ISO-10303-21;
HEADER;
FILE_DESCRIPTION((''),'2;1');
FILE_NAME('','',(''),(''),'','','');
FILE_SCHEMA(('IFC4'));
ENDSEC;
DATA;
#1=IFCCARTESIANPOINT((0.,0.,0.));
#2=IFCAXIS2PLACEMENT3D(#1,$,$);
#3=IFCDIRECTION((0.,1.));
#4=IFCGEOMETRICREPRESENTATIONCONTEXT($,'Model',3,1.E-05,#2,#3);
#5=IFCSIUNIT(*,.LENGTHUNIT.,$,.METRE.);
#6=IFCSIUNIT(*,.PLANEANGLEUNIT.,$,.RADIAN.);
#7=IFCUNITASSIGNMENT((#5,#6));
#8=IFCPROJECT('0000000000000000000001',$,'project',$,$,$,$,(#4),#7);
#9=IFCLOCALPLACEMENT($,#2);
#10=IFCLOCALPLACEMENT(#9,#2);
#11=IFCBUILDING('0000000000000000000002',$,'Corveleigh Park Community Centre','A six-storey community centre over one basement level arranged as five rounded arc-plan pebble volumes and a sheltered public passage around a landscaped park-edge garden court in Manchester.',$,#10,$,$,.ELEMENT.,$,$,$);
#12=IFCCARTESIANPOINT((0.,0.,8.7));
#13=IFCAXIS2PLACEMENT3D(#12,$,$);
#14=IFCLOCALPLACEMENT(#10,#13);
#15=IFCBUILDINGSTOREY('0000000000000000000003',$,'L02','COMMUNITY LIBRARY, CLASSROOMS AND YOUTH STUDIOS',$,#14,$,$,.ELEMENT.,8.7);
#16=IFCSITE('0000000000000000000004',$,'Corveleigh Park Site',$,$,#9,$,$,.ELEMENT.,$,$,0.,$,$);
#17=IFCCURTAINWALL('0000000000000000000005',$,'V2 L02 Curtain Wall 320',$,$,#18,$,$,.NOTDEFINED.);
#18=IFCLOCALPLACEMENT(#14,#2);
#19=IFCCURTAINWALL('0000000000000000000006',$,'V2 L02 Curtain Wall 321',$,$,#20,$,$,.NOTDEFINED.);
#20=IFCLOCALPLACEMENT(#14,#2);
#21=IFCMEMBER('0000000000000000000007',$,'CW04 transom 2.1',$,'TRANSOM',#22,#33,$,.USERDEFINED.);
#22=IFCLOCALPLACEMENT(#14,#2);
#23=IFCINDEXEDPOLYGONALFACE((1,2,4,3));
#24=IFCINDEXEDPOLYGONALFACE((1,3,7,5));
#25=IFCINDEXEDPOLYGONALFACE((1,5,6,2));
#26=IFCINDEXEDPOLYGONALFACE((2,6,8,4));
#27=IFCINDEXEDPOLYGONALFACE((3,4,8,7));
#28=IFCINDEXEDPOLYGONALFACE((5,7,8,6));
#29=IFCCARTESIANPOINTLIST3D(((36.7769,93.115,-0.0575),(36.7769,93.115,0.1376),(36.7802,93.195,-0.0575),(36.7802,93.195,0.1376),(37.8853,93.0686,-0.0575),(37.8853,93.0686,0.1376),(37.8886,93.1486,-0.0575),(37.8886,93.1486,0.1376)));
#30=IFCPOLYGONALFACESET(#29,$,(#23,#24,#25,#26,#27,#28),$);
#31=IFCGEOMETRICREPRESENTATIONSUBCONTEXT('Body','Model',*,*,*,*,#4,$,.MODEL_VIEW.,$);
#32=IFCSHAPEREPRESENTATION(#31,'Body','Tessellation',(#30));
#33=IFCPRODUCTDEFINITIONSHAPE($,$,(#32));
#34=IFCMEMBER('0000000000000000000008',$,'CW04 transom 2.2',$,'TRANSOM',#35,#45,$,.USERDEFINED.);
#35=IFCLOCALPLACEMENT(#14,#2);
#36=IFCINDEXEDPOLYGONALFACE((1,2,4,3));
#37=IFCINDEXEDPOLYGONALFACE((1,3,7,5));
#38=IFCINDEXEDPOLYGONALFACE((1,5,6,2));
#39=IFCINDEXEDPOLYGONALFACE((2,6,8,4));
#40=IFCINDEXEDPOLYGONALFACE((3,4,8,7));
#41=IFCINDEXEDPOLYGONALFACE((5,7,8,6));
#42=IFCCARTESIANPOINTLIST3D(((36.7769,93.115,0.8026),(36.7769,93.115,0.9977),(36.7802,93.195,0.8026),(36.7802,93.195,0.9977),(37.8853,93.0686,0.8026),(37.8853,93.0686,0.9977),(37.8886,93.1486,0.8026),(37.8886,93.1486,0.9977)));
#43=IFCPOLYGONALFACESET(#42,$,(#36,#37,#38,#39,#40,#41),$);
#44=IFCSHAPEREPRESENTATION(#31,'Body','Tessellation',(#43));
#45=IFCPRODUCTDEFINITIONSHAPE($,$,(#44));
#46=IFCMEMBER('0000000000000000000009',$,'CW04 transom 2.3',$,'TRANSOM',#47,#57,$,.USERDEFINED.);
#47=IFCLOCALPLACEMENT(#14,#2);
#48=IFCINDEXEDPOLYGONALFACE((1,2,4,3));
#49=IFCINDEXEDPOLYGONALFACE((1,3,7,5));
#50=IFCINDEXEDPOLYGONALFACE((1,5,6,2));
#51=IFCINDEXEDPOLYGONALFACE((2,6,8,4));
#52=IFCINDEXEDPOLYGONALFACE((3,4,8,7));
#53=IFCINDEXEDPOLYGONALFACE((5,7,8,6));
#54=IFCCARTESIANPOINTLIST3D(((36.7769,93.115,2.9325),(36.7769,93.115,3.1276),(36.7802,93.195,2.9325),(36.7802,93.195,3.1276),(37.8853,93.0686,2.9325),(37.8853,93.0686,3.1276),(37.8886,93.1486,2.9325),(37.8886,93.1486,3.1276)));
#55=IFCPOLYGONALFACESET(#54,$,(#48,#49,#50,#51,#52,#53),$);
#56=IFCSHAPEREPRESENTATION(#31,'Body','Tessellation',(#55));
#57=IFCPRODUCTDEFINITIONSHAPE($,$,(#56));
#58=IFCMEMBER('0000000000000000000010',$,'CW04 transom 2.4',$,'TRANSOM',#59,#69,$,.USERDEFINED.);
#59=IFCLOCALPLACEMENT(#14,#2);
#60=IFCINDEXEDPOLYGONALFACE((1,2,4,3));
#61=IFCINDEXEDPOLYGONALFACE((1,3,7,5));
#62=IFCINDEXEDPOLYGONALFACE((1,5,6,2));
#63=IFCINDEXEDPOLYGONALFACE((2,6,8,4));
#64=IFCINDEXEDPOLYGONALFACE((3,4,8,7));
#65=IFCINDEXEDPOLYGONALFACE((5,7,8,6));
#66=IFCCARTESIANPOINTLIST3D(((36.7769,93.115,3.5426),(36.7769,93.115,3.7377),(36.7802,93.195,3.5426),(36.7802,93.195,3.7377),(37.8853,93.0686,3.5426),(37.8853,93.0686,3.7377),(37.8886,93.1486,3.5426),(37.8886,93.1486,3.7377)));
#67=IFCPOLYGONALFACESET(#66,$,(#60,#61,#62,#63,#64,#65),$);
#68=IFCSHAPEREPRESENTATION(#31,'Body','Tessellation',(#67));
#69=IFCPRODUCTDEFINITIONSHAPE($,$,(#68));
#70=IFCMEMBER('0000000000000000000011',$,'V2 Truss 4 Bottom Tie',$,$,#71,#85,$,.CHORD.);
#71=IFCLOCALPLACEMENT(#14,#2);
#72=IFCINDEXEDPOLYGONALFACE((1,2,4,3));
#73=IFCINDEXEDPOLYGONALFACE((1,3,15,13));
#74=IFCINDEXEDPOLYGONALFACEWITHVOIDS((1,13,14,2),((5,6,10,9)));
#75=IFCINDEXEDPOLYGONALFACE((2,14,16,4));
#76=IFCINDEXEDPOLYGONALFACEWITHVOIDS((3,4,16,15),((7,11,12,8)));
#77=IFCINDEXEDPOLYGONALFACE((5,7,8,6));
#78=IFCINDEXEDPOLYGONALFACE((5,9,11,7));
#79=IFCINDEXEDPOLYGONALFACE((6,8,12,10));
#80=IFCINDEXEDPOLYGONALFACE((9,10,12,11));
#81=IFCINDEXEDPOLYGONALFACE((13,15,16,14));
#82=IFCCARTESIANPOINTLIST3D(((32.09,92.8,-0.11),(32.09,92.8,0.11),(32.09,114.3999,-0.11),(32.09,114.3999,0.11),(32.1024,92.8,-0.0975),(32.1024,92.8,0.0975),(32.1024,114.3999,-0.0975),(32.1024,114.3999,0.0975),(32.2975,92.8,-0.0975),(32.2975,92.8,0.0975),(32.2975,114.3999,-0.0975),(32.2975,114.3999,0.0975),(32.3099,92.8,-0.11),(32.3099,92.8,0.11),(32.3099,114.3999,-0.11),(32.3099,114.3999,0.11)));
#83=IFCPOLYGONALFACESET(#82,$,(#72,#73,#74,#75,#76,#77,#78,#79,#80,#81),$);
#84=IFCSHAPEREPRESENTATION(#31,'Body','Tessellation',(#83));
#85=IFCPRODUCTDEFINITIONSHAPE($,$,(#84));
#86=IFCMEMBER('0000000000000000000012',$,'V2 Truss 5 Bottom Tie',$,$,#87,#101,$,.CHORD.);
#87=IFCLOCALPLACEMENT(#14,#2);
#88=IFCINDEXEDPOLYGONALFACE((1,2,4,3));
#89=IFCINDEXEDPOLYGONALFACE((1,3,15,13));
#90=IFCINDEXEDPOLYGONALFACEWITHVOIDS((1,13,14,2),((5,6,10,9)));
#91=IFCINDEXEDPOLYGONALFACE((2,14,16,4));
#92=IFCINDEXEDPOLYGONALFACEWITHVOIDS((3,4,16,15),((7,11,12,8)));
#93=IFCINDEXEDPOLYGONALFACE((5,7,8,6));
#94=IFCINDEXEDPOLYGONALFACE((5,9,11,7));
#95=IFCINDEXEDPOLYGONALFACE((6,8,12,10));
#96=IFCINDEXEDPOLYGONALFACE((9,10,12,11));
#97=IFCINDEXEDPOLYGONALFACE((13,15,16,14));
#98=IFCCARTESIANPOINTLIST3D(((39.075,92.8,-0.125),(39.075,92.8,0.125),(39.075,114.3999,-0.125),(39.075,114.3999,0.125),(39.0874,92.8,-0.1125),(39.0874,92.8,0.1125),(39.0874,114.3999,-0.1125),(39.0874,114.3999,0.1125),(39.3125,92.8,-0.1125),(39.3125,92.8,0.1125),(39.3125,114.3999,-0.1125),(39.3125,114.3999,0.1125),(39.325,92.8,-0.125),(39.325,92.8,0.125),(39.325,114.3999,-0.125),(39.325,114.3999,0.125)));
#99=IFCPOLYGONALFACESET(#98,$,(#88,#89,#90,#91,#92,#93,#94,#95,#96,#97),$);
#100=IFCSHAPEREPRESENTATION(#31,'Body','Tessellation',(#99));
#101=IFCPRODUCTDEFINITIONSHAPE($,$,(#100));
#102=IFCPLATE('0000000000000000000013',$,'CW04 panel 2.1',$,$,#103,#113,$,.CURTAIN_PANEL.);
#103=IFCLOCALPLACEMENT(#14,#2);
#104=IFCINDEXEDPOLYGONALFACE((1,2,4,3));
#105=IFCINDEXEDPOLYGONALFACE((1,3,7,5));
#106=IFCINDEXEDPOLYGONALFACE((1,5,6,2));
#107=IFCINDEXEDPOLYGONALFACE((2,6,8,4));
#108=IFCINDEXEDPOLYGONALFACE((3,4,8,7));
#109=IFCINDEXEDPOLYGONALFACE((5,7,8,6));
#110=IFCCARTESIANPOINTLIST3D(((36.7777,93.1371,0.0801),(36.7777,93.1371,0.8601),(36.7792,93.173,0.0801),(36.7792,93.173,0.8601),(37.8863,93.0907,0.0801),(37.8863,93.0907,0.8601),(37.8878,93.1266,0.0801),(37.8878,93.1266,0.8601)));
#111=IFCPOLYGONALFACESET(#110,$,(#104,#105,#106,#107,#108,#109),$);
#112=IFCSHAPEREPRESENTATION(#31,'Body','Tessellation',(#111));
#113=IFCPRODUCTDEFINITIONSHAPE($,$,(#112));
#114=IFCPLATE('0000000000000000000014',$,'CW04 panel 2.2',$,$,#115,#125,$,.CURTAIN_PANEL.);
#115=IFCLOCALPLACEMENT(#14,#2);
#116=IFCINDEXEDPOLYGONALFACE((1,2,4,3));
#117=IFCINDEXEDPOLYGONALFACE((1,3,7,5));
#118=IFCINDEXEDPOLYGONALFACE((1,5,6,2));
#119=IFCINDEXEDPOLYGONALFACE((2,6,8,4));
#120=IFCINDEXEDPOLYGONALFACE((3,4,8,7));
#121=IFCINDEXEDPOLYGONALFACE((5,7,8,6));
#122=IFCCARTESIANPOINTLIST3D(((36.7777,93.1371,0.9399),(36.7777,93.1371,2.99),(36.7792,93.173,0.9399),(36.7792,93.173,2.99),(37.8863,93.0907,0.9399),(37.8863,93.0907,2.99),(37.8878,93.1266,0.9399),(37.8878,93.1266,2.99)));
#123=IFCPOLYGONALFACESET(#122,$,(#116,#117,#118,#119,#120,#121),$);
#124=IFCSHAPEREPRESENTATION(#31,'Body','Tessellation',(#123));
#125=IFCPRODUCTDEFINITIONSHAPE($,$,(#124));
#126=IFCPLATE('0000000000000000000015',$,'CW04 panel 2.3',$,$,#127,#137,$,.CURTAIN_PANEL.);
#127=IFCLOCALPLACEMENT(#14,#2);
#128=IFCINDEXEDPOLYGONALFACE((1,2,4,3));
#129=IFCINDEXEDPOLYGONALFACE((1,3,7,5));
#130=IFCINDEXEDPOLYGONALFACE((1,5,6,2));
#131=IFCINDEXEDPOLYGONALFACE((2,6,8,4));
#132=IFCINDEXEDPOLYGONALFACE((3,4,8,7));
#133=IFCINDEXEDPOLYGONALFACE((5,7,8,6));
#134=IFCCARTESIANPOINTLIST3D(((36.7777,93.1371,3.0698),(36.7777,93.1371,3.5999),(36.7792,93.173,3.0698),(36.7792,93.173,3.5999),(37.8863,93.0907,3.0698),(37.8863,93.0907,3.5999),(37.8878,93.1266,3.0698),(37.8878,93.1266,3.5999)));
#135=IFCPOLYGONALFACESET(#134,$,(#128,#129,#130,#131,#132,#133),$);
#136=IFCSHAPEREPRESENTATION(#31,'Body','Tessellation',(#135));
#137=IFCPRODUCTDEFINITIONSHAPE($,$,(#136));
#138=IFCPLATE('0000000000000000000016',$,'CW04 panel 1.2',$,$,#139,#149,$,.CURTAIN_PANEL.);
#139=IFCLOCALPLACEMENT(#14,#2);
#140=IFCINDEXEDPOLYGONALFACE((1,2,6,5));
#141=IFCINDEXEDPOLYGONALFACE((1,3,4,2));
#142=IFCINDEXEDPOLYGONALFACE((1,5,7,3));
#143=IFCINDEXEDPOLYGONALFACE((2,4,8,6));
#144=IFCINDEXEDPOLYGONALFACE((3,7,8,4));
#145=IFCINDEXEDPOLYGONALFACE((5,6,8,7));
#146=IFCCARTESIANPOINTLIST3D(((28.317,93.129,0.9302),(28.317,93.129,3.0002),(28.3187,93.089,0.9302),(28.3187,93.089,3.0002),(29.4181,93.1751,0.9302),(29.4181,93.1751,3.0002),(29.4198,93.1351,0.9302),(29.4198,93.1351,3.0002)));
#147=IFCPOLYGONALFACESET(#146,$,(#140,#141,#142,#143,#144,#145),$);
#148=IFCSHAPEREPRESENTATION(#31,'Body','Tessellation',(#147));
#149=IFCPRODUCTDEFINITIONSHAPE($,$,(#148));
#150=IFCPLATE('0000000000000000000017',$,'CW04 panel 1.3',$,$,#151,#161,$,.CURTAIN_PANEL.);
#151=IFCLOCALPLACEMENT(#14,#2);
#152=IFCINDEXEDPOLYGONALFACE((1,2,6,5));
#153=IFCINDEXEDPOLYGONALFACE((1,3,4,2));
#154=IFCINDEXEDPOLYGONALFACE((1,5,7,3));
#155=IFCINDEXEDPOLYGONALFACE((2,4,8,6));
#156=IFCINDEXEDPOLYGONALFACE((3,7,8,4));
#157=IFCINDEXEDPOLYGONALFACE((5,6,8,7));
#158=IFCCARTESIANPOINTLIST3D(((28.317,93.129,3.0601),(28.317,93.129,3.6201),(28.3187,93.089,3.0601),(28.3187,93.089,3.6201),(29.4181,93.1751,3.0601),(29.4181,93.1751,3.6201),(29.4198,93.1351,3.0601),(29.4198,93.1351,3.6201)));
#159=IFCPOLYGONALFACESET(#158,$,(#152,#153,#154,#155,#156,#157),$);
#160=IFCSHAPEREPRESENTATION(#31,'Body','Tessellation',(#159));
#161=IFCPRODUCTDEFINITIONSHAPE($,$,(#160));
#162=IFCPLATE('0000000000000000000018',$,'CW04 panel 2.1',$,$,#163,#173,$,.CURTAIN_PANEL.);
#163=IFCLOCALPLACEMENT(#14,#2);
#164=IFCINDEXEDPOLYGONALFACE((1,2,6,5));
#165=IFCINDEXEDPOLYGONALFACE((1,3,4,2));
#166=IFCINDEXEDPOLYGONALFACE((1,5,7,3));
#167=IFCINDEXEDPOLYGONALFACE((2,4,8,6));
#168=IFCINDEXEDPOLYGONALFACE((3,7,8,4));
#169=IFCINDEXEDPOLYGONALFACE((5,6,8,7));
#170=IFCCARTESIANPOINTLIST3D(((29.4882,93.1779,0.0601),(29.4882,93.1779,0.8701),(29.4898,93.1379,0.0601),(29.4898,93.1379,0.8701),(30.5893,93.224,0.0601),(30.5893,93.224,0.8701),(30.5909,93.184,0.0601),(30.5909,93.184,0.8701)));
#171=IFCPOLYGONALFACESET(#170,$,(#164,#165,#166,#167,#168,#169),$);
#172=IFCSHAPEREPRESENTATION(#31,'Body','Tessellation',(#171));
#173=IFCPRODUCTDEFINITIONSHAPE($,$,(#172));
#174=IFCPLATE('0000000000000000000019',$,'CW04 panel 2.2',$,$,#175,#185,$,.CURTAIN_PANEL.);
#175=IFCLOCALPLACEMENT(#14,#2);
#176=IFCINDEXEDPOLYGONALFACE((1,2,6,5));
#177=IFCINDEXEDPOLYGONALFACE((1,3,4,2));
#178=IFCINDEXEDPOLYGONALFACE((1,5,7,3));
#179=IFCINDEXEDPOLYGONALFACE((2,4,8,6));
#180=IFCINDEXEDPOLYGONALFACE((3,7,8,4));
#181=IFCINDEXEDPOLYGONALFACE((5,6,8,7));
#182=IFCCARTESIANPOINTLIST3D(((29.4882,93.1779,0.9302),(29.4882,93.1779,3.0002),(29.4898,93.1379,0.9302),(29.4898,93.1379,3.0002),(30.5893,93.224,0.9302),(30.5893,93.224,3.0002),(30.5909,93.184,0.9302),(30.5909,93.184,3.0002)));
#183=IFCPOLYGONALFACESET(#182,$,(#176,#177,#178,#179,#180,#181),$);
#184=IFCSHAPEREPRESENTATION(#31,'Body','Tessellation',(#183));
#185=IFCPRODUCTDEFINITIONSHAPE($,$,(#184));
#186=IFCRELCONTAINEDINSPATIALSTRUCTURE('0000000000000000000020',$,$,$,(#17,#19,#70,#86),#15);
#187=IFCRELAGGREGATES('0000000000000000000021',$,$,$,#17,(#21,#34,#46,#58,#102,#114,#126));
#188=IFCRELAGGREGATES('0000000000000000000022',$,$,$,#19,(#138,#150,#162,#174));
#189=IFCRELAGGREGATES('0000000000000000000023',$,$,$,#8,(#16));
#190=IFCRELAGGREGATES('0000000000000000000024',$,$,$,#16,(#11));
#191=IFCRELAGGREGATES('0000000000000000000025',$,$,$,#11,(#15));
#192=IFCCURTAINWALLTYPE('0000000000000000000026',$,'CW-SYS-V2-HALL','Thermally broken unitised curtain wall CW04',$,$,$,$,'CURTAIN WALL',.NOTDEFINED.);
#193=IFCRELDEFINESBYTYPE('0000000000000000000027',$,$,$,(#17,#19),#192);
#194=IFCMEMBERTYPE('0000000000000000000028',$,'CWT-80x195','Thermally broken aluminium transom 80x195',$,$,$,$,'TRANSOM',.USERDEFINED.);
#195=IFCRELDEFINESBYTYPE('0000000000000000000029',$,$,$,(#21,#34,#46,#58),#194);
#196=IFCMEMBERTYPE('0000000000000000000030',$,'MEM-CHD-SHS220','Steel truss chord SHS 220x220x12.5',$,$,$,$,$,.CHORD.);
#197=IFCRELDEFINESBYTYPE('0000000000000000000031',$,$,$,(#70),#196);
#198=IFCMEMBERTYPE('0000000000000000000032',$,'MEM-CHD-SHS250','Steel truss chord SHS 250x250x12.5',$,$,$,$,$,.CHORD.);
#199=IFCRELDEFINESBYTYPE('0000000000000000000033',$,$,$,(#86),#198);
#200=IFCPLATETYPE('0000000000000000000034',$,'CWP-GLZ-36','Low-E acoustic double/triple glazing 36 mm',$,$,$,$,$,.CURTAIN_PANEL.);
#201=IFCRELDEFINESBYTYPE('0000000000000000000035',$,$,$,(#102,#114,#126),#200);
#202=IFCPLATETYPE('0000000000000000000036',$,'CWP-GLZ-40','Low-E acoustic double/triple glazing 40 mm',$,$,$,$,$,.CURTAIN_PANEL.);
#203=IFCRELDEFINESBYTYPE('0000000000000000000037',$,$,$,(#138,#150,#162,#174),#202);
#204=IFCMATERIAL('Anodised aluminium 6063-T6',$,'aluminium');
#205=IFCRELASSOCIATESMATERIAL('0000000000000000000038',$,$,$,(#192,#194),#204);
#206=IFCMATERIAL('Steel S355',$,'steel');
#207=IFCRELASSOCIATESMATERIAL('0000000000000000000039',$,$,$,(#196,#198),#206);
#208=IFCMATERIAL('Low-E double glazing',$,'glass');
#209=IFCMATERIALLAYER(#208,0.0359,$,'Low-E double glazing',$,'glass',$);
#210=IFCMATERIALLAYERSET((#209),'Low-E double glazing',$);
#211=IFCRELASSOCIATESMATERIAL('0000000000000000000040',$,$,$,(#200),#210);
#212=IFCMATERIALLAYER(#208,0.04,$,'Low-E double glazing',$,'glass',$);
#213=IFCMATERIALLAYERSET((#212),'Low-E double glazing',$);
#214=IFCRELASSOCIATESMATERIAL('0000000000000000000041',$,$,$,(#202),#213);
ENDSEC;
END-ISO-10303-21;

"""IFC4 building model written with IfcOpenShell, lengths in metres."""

from ifc_helpers import new_model, si_unit, direction, frame, origin, origin_2d, place, context, subcontext, project, spatial, rectangle, hollow_rectangle, extrude, material, layer, layer_set, material_profile, profile_set, type_object, element, aggregate, save


model = new_model("IFC4")

# Units and contexts
model_context = context("Model", 3, precision=1e-05, world=origin(), true_north=direction((0.0, 1.0)))
body_context = subcontext(model_context, "Body", "Model", "MODEL_VIEW")
ifc_project = project(units=[si_unit("LENGTHUNIT", "METRE"), si_unit("PLANEANGLEUNIT", "RADIAN")], contexts=[model_context])

# Site, building, storey
site_placement = place(None, origin())
site = spatial("IfcSite", under=ifc_project, at=site_placement, Name="Corveleigh Park Site", CompositionType="ELEMENT", RefElevation=0.0)
building_placement = place(site_placement, origin())
building = spatial("IfcBuilding", under=site, at=building_placement, Name="Corveleigh Park Community Centre", Description="A six-storey community centre over one basement level arranged as five rounded arc-plan pebble volumes and a sheltered public passage around a landscaped park-edge garden court in Manchester.", CompositionType="ELEMENT")
storey_placement = place(building_placement, frame((0.0, 0.0, 8.7)))
storey = spatial("IfcBuildingStorey", under=building, at=storey_placement, Name="L02", Description="COMMUNITY LIBRARY, CLASSROOMS AND YOUTH STUDIOS", CompositionType="ELEMENT", Elevation=8.7)

# Shared definitions
ifc_material_1 = material(Name="Steel S355", Category="steel")

# Curtain walls
ifc_material_2 = material(Name="Anodised aluminium 6063-T6", Category="aluminium")
curtain_wall_type = type_object("IfcCurtainWallType", Name="CW-SYS-V2-HALL", Description="Thermally broken unitised curtain wall CW04", ElementType="CURTAIN WALL", PredefinedType="NOTDEFINED", material=ifc_material_2)
curtain_wall_1_placement = place(storey_placement, origin())
curtain_wall_1 = element("IfcCurtainWall", 1, at=curtain_wall_1_placement, inside=storey, type_object=curtain_wall_type, Name="V2 L02 Curtain Wall 320", PredefinedType="NOTDEFINED")
curtain_wall_2_placement = place(storey_placement, origin())
curtain_wall_2 = element("IfcCurtainWall", 2, at=curtain_wall_2_placement, inside=storey, type_object=curtain_wall_type, Name="V2 L02 Curtain Wall 321", PredefinedType="NOTDEFINED")

# Members
ifc_material_profile_1 = material_profile(ifc_material_2, rectangle(XDim=0.0801, YDim=0.1951, at=origin_2d()), Name="ALU-T80x195", Category="aluminium")
ifc_profile_set_1 = profile_set([ifc_material_profile_1], Name="Anodised aluminium 6063-T6")
member_type_1 = type_object("IfcMemberType", Name="CWT-80x195", Description="Thermally broken aluminium transom 80x195", ElementType="TRANSOM", PredefinedType="USERDEFINED", material=ifc_profile_set_1)
member_1_placement = place(storey_placement, frame((36.7786, 93.155, 0.04), z_axis=(0.999125, -0.041814, 0.0), x_axis=(0.041814, 0.999125, 0.0)))
member_1 = element("IfcMember", 3, at=member_1_placement, type_object=member_type_1, Name="CW04 transom 2.1", ObjectType="TRANSOM", PredefinedType="USERDEFINED", context=body_context, shape_type="SweptSolid", body=[
    extrude(rectangle(XDim=0.0801, YDim=0.1951, at=origin_2d()), origin(), (0.0, 0.0, 1.0), 1.1094),
])
member_2_placement = place(storey_placement, frame((36.7786, 93.155, 0.9001), z_axis=(0.999125, -0.041814, 0.0), x_axis=(0.041814, 0.999125, 0.0)))
member_2 = element("IfcMember", 4, at=member_2_placement, type_object=member_type_1, Name="CW04 transom 2.2", ObjectType="TRANSOM", PredefinedType="USERDEFINED", context=body_context, shape_type="SweptSolid", body=[
    extrude(rectangle(XDim=0.0801, YDim=0.1951, at=origin_2d()), origin(), (0.0, 0.0, 1.0), 1.1094),
])
member_3_placement = place(storey_placement, frame((36.7786, 93.155, 3.03), z_axis=(0.999125, -0.041814, 0.0), x_axis=(0.041814, 0.999125, 0.0)))
member_3 = element("IfcMember", 5, at=member_3_placement, type_object=member_type_1, Name="CW04 transom 2.3", ObjectType="TRANSOM", PredefinedType="USERDEFINED", context=body_context, shape_type="SweptSolid", body=[
    extrude(rectangle(XDim=0.0801, YDim=0.1951, at=origin_2d()), origin(), (0.0, 0.0, 1.0), 1.1094),
])
member_4_placement = place(storey_placement, frame((36.7786, 93.155, 3.6401), z_axis=(0.999125, -0.041814, 0.0), x_axis=(0.041814, 0.999125, 0.0)))
member_4 = element("IfcMember", 6, at=member_4_placement, type_object=member_type_1, Name="CW04 transom 2.4", ObjectType="TRANSOM", PredefinedType="USERDEFINED", context=body_context, shape_type="SweptSolid", body=[
    extrude(rectangle(XDim=0.0801, YDim=0.1951, at=origin_2d()), origin(), (0.0, 0.0, 1.0), 1.1094),
])

# Members
ifc_material_profile_2 = material_profile(ifc_material_1, hollow_rectangle(XDim=0.22, YDim=0.22, WallThickness=0.0125, at=origin_2d()), Name="SHS 220x220x12.5", Category="steel")
ifc_profile_set_2 = profile_set([ifc_material_profile_2], Name="Steel S355")
member_type_2 = type_object("IfcMemberType", Name="MEM-CHD-SHS220", Description="Steel truss chord SHS 220x220x12.5", PredefinedType="CHORD", material=ifc_profile_set_2)
member_5_placement = place(storey_placement, frame((32.2, 92.8, 0.0), z_axis=(0.0, 1.0, 0.0), x_axis=(-1.0, 0.0, 0.0)))
element("IfcMember", 7, at=member_5_placement, inside=storey, type_object=member_type_2, Name="V2 Truss 4 Bottom Tie", PredefinedType="CHORD", context=body_context, shape_type="SweptSolid", body=[
    extrude(hollow_rectangle(XDim=0.22, YDim=0.22, WallThickness=0.0125, at=origin_2d()), origin(), (0.0, 0.0, 1.0), 21.5999),
])
ifc_material_profile_3 = material_profile(ifc_material_1, hollow_rectangle(XDim=0.25, YDim=0.25, WallThickness=0.0125, at=origin_2d()), Name="SHS 250x250x12.5", Category="steel")
ifc_profile_set_3 = profile_set([ifc_material_profile_3], Name="Steel S355")
member_type_3 = type_object("IfcMemberType", Name="MEM-CHD-SHS250", Description="Steel truss chord SHS 250x250x12.5", PredefinedType="CHORD", material=ifc_profile_set_3)
member_6_placement = place(storey_placement, frame((39.2, 92.8, 0.0), z_axis=(0.0, 1.0, 0.0), x_axis=(-1.0, 0.0, 0.0)))
element("IfcMember", 8, at=member_6_placement, inside=storey, type_object=member_type_3, Name="V2 Truss 5 Bottom Tie", PredefinedType="CHORD", context=body_context, shape_type="SweptSolid", body=[
    extrude(hollow_rectangle(XDim=0.25, YDim=0.25, WallThickness=0.0125, at=origin_2d()), origin(), (0.0, 0.0, 1.0), 21.5999),
])

# Plates
ifc_material_3 = material(Name="Low-E double glazing", Category="glass")
ifc_layer_1 = layer(ifc_material_3, 0.0359, Name="Low-E double glazing", Category="glass")
ifc_layer_set_1 = layer_set([ifc_layer_1], Name="Low-E double glazing")
plate_type_1 = type_object("IfcPlateType", Name="CWP-GLZ-36", Description="Low-E acoustic double/triple glazing 36 mm", PredefinedType="CURTAIN_PANEL", material=ifc_layer_set_1)
plate_1_placement = place(storey_placement, frame((37.3328, 93.1318, 0.0801), z_axis=(0.0, 0.0, 1.0), x_axis=(0.999124, -0.041837, 0.0)))
plate_1 = element("IfcPlate", 9, at=plate_1_placement, type_object=plate_type_1, Name="CW04 panel 2.1", PredefinedType="CURTAIN_PANEL", context=body_context, shape_type="SweptSolid", body=[
    extrude(rectangle(XDim=1.1096, YDim=0.0359, at=origin_2d()), origin(), (0.0, 0.0, 1.0), 0.78),
])
plate_2_placement = place(storey_placement, frame((37.3328, 93.1318, 0.9399), z_axis=(0.0, 0.0, 1.0), x_axis=(0.999124, -0.041837, 0.0)))
plate_2 = element("IfcPlate", 10, at=plate_2_placement, type_object=plate_type_1, Name="CW04 panel 2.2", PredefinedType="CURTAIN_PANEL", context=body_context, shape_type="SweptSolid", body=[
    extrude(rectangle(XDim=1.1096, YDim=0.0359, at=origin_2d()), origin(), (0.0, 0.0, 1.0), 2.05),
])
plate_3_placement = place(storey_placement, frame((37.3328, 93.1318, 3.0698), z_axis=(0.0, 0.0, 1.0), x_axis=(0.999124, -0.041837, 0.0)))
plate_3 = element("IfcPlate", 11, at=plate_3_placement, type_object=plate_type_1, Name="CW04 panel 2.3", PredefinedType="CURTAIN_PANEL", context=body_context, shape_type="SweptSolid", body=[
    extrude(rectangle(XDim=1.1096, YDim=0.0359, at=origin_2d()), origin(), (0.0, 0.0, 1.0), 0.53),
])
aggregate(curtain_wall_1, [member_1, member_2, member_3, member_4, plate_1, plate_2, plate_3])
ifc_layer_2 = layer(ifc_material_3, 0.04, Name="Low-E double glazing", Category="glass")
ifc_layer_set_2 = layer_set([ifc_layer_2], Name="Low-E double glazing")
plate_type_2 = type_object("IfcPlateType", Name="CWP-GLZ-40", Description="Low-E acoustic double/triple glazing 40 mm", PredefinedType="CURTAIN_PANEL", material=ifc_layer_set_2)
plate_4_placement = place(storey_placement, frame((28.8684, 93.1321, 0.9302), z_axis=(0.0, 0.0, 1.0), x_axis=(0.999124, 0.041837, 0.0)))
plate_4 = element("IfcPlate", 12, at=plate_4_placement, type_object=plate_type_2, Name="CW04 panel 1.2", PredefinedType="CURTAIN_PANEL", context=body_context, shape_type="SweptSolid", body=[
    extrude(rectangle(XDim=1.1021, YDim=0.04, at=origin_2d()), origin(), (0.0, 0.0, 1.0), 2.0701),
])
plate_5_placement = place(storey_placement, frame((28.8684, 93.1321, 3.0601), z_axis=(0.0, 0.0, 1.0), x_axis=(0.999124, 0.041837, 0.0)))
plate_5 = element("IfcPlate", 13, at=plate_5_placement, type_object=plate_type_2, Name="CW04 panel 1.3", PredefinedType="CURTAIN_PANEL", context=body_context, shape_type="SweptSolid", body=[
    extrude(rectangle(XDim=1.1021, YDim=0.04, at=origin_2d()), origin(), (0.0, 0.0, 1.0), 0.5601),
])
plate_6_placement = place(storey_placement, frame((30.0396, 93.1809, 0.0601), z_axis=(0.0, 0.0, 1.0), x_axis=(0.999124, 0.041837, 0.0)))
plate_6 = element("IfcPlate", 14, at=plate_6_placement, type_object=plate_type_2, Name="CW04 panel 2.1", PredefinedType="CURTAIN_PANEL", context=body_context, shape_type="SweptSolid", body=[
    extrude(rectangle(XDim=1.1021, YDim=0.04, at=origin_2d()), origin(), (0.0, 0.0, 1.0), 0.8101),
])
plate_7_placement = place(storey_placement, frame((30.0396, 93.1809, 0.9302), z_axis=(0.0, 0.0, 1.0), x_axis=(0.999124, 0.041837, 0.0)))
plate_7 = element("IfcPlate", 15, at=plate_7_placement, type_object=plate_type_2, Name="CW04 panel 2.2", PredefinedType="CURTAIN_PANEL", context=body_context, shape_type="SweptSolid", body=[
    extrude(rectangle(XDim=1.1021, YDim=0.04, at=origin_2d()), origin(), (0.0, 0.0, 1.0), 2.0701),
])
aggregate(curtain_wall_2, [plate_4, plate_5, plate_6, plate_7])

save(model, "model.ifc")
